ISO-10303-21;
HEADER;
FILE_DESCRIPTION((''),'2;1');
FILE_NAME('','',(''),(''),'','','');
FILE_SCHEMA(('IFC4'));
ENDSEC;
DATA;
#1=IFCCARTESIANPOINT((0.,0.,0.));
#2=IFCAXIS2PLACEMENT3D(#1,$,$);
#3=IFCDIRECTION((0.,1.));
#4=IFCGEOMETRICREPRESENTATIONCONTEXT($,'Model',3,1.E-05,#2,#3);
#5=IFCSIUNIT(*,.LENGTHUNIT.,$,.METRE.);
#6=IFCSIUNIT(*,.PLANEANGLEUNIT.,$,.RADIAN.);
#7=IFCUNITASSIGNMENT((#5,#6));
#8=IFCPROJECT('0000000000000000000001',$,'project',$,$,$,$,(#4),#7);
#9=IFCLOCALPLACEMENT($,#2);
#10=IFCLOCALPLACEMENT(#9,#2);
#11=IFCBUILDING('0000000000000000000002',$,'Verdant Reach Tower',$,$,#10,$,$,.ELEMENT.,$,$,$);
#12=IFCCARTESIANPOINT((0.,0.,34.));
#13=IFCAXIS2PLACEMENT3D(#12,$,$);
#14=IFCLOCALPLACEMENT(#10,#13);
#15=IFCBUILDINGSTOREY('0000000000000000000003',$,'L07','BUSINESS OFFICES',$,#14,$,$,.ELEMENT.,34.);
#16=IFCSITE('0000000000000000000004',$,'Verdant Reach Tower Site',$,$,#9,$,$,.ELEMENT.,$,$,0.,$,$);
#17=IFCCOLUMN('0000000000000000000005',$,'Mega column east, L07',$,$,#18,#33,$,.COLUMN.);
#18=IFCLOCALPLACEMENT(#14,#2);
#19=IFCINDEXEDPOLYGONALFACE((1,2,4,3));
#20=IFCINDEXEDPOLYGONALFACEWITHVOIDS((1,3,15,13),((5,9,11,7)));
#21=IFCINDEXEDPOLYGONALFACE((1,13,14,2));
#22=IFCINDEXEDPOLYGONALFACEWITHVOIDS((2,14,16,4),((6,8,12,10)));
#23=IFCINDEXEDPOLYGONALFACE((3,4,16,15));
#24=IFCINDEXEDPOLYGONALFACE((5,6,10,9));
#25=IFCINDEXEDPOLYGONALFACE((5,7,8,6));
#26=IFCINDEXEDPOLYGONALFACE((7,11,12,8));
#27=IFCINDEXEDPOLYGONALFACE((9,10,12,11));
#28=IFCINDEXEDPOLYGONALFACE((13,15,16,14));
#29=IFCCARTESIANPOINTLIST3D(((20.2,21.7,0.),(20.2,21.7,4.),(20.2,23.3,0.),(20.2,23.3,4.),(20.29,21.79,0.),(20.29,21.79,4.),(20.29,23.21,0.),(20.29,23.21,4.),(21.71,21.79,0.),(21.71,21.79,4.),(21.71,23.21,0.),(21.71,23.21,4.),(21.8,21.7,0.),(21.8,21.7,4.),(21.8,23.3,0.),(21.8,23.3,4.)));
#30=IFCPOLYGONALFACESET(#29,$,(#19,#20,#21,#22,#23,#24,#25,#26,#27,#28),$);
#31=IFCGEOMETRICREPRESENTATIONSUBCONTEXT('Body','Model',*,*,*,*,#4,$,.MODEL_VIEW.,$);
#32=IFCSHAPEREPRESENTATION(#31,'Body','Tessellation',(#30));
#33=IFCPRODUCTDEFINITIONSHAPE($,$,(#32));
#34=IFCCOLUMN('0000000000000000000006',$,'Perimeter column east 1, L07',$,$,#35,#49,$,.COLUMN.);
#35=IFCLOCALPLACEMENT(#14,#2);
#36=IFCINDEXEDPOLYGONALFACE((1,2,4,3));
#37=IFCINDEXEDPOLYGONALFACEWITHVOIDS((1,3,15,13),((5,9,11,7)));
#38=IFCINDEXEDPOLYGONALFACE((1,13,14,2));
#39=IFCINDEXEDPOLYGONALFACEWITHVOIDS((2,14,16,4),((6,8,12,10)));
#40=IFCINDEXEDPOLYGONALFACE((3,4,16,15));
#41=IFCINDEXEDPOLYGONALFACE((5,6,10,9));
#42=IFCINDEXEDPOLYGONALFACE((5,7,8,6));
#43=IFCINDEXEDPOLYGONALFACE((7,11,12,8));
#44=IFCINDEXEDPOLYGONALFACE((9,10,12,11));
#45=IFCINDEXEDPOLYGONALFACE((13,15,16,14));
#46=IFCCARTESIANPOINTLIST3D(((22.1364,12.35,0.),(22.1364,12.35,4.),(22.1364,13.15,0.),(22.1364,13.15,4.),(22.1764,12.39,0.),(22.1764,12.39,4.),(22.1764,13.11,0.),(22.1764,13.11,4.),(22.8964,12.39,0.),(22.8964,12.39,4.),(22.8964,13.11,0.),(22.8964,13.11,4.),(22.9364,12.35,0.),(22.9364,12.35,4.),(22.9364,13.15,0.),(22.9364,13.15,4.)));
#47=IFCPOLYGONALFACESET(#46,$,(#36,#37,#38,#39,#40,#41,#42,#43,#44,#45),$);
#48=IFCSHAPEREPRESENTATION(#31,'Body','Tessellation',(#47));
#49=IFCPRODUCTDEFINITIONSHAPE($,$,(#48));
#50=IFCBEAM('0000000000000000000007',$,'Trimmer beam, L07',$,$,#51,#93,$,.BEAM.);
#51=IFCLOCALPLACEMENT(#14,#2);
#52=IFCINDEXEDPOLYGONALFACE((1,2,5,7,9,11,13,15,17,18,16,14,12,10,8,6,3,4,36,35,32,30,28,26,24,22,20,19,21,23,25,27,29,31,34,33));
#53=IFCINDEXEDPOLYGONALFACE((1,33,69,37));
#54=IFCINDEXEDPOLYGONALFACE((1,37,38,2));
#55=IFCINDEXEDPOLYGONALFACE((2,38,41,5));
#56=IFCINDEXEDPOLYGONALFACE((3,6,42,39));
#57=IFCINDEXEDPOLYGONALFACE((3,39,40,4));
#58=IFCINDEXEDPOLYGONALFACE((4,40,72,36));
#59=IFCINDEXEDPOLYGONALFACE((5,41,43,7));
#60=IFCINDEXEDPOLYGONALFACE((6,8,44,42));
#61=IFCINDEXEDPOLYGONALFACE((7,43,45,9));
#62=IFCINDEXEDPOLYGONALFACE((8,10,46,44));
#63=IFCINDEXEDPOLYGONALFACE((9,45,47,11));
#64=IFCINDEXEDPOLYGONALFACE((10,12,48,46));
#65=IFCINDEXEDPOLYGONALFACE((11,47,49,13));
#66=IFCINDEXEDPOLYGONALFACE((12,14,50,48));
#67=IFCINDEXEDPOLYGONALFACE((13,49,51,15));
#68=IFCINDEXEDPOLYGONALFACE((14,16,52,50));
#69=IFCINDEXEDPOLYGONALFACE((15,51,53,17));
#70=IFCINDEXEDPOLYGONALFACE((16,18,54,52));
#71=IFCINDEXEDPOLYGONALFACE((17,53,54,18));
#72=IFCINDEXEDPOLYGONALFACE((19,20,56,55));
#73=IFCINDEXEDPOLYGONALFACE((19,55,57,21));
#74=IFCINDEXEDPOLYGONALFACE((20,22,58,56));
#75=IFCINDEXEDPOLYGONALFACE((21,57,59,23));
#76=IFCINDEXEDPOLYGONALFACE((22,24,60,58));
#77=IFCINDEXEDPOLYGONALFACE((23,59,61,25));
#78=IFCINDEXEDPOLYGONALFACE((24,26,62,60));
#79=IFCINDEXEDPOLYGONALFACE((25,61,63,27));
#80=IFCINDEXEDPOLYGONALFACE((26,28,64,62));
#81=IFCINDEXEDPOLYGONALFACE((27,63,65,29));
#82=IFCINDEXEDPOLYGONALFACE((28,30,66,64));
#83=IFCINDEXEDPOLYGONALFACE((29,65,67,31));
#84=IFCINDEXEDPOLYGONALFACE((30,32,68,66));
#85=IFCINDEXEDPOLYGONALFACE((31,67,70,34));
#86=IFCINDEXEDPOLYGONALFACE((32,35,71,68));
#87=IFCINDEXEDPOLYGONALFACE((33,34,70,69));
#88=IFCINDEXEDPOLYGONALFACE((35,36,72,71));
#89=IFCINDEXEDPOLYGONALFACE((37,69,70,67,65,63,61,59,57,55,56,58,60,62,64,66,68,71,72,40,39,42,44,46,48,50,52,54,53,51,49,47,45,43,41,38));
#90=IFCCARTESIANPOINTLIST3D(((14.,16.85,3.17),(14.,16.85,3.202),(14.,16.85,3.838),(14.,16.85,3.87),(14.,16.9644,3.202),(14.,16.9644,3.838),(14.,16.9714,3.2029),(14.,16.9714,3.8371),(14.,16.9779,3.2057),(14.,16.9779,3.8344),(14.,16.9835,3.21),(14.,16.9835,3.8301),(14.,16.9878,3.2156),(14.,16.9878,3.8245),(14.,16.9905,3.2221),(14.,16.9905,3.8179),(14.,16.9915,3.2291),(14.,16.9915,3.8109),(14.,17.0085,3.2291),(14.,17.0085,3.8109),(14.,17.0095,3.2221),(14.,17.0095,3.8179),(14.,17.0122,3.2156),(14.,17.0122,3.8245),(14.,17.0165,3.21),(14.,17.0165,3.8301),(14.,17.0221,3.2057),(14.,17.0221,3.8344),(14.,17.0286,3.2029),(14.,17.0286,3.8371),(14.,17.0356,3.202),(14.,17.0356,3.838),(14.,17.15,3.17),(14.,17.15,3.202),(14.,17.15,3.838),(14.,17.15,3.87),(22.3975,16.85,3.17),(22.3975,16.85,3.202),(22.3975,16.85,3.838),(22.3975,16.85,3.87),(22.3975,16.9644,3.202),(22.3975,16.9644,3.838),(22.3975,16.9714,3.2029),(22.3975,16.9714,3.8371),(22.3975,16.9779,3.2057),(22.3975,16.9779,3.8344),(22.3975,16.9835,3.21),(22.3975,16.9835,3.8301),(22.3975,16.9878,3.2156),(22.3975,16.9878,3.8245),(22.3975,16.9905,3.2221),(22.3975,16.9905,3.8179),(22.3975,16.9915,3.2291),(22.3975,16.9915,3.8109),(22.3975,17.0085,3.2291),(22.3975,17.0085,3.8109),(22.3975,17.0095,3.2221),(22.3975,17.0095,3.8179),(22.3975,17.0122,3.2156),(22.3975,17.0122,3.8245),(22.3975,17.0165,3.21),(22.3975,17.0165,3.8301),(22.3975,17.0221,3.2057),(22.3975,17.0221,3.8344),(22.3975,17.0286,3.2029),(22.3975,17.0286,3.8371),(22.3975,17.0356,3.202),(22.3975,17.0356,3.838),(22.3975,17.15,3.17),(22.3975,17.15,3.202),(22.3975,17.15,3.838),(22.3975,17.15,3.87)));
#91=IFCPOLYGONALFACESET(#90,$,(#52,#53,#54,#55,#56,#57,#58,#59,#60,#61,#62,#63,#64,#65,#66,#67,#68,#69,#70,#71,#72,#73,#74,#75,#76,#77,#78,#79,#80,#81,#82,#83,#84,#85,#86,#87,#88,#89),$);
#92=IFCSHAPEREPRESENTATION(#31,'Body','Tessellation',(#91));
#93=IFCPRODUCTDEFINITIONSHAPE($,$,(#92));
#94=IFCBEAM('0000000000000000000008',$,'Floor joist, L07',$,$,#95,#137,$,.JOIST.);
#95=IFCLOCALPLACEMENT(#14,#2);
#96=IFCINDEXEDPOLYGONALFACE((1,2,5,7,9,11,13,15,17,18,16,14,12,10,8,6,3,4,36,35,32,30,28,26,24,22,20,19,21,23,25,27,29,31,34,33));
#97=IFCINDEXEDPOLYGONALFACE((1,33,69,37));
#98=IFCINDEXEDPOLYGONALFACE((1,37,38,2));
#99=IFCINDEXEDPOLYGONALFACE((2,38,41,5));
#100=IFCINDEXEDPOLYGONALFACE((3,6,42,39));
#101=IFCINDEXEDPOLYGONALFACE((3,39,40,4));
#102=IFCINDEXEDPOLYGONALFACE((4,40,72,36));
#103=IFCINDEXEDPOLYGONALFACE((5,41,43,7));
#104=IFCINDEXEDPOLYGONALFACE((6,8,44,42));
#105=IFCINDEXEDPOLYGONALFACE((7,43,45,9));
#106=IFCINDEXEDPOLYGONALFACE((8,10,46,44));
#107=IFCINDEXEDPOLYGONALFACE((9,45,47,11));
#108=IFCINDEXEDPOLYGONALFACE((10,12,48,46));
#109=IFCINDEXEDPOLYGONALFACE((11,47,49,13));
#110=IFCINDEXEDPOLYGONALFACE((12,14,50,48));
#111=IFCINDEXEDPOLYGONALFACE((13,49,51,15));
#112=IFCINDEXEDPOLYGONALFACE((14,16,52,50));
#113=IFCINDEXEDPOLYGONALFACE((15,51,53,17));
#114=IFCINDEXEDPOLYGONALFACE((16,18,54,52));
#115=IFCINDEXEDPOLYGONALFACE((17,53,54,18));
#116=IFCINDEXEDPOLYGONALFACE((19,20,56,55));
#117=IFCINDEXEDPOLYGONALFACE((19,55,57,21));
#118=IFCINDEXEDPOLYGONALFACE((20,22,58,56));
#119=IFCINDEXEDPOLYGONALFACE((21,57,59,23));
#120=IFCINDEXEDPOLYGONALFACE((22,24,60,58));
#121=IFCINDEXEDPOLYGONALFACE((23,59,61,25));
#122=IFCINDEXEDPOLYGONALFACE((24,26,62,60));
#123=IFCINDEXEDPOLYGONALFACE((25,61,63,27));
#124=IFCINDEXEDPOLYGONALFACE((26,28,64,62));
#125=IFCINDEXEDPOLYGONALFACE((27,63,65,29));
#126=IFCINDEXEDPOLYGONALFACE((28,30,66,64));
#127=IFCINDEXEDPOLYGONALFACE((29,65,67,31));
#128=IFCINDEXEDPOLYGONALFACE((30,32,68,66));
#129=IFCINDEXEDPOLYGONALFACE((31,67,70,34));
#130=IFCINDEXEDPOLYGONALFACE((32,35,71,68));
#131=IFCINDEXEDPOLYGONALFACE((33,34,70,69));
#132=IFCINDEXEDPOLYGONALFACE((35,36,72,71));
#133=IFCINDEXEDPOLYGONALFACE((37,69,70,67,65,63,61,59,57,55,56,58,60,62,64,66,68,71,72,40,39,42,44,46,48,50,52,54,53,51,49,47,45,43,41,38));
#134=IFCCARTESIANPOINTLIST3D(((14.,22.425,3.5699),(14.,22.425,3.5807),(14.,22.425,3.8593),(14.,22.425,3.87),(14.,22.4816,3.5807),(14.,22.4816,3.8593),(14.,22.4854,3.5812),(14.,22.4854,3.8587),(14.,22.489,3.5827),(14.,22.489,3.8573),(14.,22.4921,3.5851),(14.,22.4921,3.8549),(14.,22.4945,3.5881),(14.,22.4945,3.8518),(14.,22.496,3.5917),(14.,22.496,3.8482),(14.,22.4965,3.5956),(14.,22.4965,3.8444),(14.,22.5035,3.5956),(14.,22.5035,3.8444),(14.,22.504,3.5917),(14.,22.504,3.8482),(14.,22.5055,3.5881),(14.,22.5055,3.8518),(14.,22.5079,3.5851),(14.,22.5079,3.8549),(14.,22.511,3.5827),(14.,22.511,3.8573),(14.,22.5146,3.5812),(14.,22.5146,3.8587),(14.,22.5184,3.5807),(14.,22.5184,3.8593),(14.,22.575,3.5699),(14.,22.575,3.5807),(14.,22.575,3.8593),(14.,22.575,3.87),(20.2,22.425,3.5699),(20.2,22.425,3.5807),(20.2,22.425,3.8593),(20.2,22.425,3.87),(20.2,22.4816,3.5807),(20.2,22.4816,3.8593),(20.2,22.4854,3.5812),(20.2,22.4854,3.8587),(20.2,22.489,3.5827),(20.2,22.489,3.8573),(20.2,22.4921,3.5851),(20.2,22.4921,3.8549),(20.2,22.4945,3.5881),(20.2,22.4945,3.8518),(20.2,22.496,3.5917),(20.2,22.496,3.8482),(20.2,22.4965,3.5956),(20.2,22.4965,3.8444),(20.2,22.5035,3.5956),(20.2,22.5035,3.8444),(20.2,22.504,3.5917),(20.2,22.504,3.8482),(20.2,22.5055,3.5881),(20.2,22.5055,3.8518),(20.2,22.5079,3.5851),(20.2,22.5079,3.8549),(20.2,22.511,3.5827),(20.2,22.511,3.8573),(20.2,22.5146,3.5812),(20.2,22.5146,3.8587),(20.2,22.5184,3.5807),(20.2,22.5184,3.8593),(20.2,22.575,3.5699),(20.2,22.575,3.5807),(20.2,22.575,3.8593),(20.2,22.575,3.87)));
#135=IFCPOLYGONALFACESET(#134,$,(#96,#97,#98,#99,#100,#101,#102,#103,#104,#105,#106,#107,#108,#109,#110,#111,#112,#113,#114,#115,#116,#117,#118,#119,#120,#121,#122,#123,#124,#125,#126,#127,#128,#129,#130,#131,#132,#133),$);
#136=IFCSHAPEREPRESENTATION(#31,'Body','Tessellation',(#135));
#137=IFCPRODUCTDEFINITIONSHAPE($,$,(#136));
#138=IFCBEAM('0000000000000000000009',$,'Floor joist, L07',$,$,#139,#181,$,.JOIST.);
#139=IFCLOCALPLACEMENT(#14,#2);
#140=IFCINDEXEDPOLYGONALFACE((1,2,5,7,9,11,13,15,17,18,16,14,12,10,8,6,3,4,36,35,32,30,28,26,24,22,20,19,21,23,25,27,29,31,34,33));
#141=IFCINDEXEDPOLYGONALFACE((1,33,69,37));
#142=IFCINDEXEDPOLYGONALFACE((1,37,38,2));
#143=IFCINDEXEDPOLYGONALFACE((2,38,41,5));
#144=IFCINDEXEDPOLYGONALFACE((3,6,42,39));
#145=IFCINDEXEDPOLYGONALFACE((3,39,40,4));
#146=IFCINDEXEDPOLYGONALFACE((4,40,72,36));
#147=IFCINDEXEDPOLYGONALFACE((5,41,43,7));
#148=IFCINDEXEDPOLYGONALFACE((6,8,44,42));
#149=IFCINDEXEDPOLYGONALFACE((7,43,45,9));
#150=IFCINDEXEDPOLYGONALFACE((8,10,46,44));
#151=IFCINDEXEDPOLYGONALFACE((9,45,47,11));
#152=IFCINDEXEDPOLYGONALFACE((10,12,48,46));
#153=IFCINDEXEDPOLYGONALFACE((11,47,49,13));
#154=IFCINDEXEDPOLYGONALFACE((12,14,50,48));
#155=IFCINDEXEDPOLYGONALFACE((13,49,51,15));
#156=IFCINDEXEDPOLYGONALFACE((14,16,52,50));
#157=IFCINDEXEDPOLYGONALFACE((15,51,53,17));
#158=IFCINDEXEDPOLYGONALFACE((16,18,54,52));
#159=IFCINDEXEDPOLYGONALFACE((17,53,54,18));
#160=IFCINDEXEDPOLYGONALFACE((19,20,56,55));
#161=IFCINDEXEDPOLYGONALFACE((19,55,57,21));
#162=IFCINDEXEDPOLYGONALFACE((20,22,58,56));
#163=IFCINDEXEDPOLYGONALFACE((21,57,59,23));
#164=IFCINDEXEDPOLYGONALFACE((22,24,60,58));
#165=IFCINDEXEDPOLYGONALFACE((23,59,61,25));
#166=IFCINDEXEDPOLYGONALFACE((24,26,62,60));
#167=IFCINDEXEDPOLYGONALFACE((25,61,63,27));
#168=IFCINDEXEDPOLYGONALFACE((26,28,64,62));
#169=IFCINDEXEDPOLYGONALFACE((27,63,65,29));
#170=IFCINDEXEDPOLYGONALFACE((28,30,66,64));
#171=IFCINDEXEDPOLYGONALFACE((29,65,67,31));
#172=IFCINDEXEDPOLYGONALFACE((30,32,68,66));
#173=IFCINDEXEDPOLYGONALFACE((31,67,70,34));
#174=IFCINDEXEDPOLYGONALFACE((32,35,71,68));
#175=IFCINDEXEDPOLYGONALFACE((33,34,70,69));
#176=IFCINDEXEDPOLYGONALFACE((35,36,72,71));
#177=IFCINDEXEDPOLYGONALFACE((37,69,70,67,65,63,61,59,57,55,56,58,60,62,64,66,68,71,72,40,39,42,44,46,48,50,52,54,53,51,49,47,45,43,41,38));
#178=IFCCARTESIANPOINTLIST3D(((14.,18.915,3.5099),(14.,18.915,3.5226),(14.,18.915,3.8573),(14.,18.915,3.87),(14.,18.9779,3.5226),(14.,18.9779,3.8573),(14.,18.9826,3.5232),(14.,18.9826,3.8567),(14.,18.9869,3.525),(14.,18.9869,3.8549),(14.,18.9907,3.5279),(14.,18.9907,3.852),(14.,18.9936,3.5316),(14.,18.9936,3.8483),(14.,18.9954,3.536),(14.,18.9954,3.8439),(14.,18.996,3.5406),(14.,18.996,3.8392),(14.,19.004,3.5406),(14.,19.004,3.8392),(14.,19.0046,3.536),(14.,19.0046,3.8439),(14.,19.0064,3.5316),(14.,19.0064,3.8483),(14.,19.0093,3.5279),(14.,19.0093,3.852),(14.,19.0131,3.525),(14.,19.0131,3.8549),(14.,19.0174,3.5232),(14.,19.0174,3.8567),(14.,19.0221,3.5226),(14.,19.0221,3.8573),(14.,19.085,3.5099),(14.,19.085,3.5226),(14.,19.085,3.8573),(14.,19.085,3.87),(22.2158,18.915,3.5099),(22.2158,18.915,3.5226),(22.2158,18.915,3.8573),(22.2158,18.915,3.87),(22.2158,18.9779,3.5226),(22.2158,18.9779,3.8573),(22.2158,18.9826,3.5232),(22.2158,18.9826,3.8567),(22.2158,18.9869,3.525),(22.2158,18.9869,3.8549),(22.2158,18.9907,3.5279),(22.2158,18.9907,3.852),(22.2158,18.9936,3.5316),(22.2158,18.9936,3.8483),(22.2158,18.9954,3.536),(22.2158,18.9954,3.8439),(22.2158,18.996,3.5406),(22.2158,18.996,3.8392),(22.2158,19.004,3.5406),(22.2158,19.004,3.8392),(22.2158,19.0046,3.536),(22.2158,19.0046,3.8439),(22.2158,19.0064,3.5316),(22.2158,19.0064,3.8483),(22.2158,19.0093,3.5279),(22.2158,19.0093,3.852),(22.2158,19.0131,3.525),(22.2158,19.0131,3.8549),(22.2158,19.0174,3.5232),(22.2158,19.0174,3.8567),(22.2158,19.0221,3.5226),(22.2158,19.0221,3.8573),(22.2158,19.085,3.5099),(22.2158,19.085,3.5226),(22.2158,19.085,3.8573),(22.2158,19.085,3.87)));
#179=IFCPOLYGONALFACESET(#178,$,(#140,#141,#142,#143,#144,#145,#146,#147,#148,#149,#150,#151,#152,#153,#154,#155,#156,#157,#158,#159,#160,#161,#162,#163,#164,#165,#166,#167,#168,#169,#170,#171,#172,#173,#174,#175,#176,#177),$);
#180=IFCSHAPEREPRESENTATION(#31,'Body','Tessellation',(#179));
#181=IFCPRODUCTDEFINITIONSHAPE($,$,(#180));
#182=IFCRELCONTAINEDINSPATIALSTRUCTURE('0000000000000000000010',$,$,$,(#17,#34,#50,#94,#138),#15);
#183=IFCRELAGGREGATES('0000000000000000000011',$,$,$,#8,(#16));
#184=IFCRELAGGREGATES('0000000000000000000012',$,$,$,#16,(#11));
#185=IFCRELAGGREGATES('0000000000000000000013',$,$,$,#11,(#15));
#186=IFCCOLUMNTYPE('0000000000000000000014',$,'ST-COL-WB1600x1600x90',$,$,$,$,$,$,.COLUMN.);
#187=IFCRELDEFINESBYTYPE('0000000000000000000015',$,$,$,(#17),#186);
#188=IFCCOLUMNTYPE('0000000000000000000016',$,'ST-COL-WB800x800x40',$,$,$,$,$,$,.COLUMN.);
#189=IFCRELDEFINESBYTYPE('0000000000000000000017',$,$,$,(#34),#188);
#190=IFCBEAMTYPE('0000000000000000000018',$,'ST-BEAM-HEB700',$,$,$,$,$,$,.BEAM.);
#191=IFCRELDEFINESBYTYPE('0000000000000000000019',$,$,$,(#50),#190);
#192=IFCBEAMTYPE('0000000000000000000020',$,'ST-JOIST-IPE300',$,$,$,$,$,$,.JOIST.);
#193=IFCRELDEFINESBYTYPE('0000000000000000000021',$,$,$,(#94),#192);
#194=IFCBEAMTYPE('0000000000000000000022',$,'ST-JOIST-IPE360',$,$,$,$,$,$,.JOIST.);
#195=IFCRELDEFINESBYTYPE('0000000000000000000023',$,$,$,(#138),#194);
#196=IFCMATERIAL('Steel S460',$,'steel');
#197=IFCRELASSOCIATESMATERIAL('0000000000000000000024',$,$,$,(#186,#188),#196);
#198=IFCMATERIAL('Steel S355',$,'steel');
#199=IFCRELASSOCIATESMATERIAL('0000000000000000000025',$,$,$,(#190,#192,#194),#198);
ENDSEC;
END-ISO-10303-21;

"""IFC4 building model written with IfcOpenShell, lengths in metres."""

from ifc_helpers import new_model, si_unit, direction, frame, origin, origin_2d, place, context, subcontext, project, spatial, hollow_rectangle, i_section, extrude, material, material_profile, profile_set, type_object, element, save


model = new_model("IFC4")

# Units and contexts
model_context = context("Model", 3, precision=1e-05, world=origin(), true_north=direction((0.0, 1.0)))
body_context = subcontext(model_context, "Body", "Model", "MODEL_VIEW")
ifc_project = project(units=[si_unit("LENGTHUNIT", "METRE"), si_unit("PLANEANGLEUNIT", "RADIAN")], contexts=[model_context])

# Site, building, storey
site_placement = place(None, origin())
site = spatial("IfcSite", under=ifc_project, at=site_placement, Name="Verdant Reach Tower Site", CompositionType="ELEMENT", RefElevation=0.0)
building_placement = place(site_placement, origin())
building = spatial("IfcBuilding", under=site, at=building_placement, Name="Verdant Reach Tower", CompositionType="ELEMENT")
storey_placement = place(building_placement, frame((0.0, 0.0, 34.0)))
storey = spatial("IfcBuildingStorey", under=building, at=storey_placement, Name="L07", Description="BUSINESS OFFICES", CompositionType="ELEMENT", Elevation=34.0)

# Columns
ifc_material_1 = material(Name="Steel S460", Category="steel")
ifc_material_profile_1 = material_profile(ifc_material_1, hollow_rectangle(XDim=1.6001, YDim=1.6001, WallThickness=0.0901, at=origin_2d()), Name="WB 1600x1600x90")
ifc_profile_set_1 = profile_set([ifc_material_profile_1], Name="Steel S460")
column_type_1 = type_object("IfcColumnType", Name="ST-COL-WB1600x1600x90", PredefinedType="COLUMN", material=ifc_profile_set_1)
column_1_placement = place(storey_placement, frame((21.0, 22.5, 0.0), z_axis=(0.0, 0.0, 1.0), x_axis=(1.0, 0.0, 0.0)))
element("IfcColumn", 1, at=column_1_placement, inside=storey, type_object=column_type_1, Name="Mega column east, L07", PredefinedType="COLUMN", context=body_context, shape_type="SweptSolid", body=[
    extrude(hollow_rectangle(XDim=1.6001, YDim=1.6001, WallThickness=0.0901, at=origin_2d()), origin(), (0.0, 0.0, 1.0), 4.0),
])
ifc_material_profile_2 = material_profile(ifc_material_1, hollow_rectangle(XDim=0.8, YDim=0.8, WallThickness=0.04, at=origin_2d()), Name="WB 800x800x40")
ifc_profile_set_2 = profile_set([ifc_material_profile_2], Name="Steel S460")
column_type_2 = type_object("IfcColumnType", Name="ST-COL-WB800x800x40", PredefinedType="COLUMN", material=ifc_profile_set_2)
column_2_placement = place(storey_placement, frame((22.5364, 12.75, 0.0), z_axis=(0.0, 0.0, 1.0), x_axis=(1.0, 0.0, 0.0)))
element("IfcColumn", 2, at=column_2_placement, inside=storey, type_object=column_type_2, Name="Perimeter column east 1, L07", PredefinedType="COLUMN", context=body_context, shape_type="SweptSolid", body=[
    extrude(hollow_rectangle(XDim=0.8, YDim=0.8, WallThickness=0.04, at=origin_2d()), origin(), (0.0, 0.0, 1.0), 4.0),
])

# Beams
ifc_material_2 = material(Name="Steel S355", Category="steel")
ifc_material_profile_3 = material_profile(ifc_material_2, i_section(OverallWidth=0.3, OverallDepth=0.7, WebThickness=0.0171, FlangeThickness=0.032, FilletRadius=0.0271, at=origin_2d()), Name="HEB 700")
ifc_profile_set_3 = profile_set([ifc_material_profile_3], Name="Steel S355")
beam_type_1 = type_object("IfcBeamType", Name="ST-BEAM-HEB700", PredefinedType="BEAM", material=ifc_profile_set_3)
beam_1_placement = place(storey_placement, frame((14.0, 17.0, 3.52), z_axis=(1.0, 0.0, 0.0), x_axis=(0.0, 1.0, 0.0)))
element("IfcBeam", 3, at=beam_1_placement, inside=storey, type_object=beam_type_1, Name="Trimmer beam, L07", PredefinedType="BEAM", context=body_context, shape_type="SweptSolid", body=[
    extrude(i_section(OverallWidth=0.3, OverallDepth=0.7, WebThickness=0.0171, FlangeThickness=0.032, FilletRadius=0.0271, at=origin_2d()), origin(), (0.0, 0.0, 1.0), 8.3975),
])
ifc_material_profile_4 = material_profile(ifc_material_2, i_section(OverallWidth=0.1499, OverallDepth=0.3, WebThickness=0.0071, FlangeThickness=0.0107, FilletRadius=0.0149, at=origin_2d()), Name="IPE 300")
ifc_profile_set_4 = profile_set([ifc_material_profile_4], Name="Steel S355")
beam_type_2 = type_object("IfcBeamType", Name="ST-JOIST-IPE300", PredefinedType="JOIST", material=ifc_profile_set_4)
beam_2_placement = place(storey_placement, frame((14.0, 22.5, 3.72), z_axis=(1.0, 0.0, 0.0), x_axis=(0.0, 1.0, 0.0)))
element("IfcBeam", 4, at=beam_2_placement, inside=storey, type_object=beam_type_2, Name="Floor joist, L07", PredefinedType="JOIST", context=body_context, shape_type="SweptSolid", body=[
    extrude(i_section(OverallWidth=0.1499, OverallDepth=0.3, WebThickness=0.0071, FlangeThickness=0.0107, FilletRadius=0.0149, at=origin_2d()), origin(), (0.0, 0.0, 1.0), 6.2),
])
ifc_material_profile_5 = material_profile(ifc_material_2, i_section(OverallWidth=0.1699, OverallDepth=0.3601, WebThickness=0.0081, FlangeThickness=0.0127, FilletRadius=0.0181, at=origin_2d()), Name="IPE 360")
ifc_profile_set_5 = profile_set([ifc_material_profile_5], Name="Steel S355")
beam_type_3 = type_object("IfcBeamType", Name="ST-JOIST-IPE360", PredefinedType="JOIST", material=ifc_profile_set_5)
beam_3_placement = place(storey_placement, frame((14.0, 19.0, 3.6899), z_axis=(1.0, 0.0, 0.0), x_axis=(0.0, 1.0, 0.0)))
element("IfcBeam", 5, at=beam_3_placement, inside=storey, type_object=beam_type_3, Name="Floor joist, L07", PredefinedType="JOIST", context=body_context, shape_type="SweptSolid", body=[
    extrude(i_section(OverallWidth=0.1699, OverallDepth=0.3601, WebThickness=0.0081, FlangeThickness=0.0127, FilletRadius=0.0181, at=origin_2d()), origin(), (0.0, 0.0, 1.0), 8.2158),
])

save(model, "model.ifc")
